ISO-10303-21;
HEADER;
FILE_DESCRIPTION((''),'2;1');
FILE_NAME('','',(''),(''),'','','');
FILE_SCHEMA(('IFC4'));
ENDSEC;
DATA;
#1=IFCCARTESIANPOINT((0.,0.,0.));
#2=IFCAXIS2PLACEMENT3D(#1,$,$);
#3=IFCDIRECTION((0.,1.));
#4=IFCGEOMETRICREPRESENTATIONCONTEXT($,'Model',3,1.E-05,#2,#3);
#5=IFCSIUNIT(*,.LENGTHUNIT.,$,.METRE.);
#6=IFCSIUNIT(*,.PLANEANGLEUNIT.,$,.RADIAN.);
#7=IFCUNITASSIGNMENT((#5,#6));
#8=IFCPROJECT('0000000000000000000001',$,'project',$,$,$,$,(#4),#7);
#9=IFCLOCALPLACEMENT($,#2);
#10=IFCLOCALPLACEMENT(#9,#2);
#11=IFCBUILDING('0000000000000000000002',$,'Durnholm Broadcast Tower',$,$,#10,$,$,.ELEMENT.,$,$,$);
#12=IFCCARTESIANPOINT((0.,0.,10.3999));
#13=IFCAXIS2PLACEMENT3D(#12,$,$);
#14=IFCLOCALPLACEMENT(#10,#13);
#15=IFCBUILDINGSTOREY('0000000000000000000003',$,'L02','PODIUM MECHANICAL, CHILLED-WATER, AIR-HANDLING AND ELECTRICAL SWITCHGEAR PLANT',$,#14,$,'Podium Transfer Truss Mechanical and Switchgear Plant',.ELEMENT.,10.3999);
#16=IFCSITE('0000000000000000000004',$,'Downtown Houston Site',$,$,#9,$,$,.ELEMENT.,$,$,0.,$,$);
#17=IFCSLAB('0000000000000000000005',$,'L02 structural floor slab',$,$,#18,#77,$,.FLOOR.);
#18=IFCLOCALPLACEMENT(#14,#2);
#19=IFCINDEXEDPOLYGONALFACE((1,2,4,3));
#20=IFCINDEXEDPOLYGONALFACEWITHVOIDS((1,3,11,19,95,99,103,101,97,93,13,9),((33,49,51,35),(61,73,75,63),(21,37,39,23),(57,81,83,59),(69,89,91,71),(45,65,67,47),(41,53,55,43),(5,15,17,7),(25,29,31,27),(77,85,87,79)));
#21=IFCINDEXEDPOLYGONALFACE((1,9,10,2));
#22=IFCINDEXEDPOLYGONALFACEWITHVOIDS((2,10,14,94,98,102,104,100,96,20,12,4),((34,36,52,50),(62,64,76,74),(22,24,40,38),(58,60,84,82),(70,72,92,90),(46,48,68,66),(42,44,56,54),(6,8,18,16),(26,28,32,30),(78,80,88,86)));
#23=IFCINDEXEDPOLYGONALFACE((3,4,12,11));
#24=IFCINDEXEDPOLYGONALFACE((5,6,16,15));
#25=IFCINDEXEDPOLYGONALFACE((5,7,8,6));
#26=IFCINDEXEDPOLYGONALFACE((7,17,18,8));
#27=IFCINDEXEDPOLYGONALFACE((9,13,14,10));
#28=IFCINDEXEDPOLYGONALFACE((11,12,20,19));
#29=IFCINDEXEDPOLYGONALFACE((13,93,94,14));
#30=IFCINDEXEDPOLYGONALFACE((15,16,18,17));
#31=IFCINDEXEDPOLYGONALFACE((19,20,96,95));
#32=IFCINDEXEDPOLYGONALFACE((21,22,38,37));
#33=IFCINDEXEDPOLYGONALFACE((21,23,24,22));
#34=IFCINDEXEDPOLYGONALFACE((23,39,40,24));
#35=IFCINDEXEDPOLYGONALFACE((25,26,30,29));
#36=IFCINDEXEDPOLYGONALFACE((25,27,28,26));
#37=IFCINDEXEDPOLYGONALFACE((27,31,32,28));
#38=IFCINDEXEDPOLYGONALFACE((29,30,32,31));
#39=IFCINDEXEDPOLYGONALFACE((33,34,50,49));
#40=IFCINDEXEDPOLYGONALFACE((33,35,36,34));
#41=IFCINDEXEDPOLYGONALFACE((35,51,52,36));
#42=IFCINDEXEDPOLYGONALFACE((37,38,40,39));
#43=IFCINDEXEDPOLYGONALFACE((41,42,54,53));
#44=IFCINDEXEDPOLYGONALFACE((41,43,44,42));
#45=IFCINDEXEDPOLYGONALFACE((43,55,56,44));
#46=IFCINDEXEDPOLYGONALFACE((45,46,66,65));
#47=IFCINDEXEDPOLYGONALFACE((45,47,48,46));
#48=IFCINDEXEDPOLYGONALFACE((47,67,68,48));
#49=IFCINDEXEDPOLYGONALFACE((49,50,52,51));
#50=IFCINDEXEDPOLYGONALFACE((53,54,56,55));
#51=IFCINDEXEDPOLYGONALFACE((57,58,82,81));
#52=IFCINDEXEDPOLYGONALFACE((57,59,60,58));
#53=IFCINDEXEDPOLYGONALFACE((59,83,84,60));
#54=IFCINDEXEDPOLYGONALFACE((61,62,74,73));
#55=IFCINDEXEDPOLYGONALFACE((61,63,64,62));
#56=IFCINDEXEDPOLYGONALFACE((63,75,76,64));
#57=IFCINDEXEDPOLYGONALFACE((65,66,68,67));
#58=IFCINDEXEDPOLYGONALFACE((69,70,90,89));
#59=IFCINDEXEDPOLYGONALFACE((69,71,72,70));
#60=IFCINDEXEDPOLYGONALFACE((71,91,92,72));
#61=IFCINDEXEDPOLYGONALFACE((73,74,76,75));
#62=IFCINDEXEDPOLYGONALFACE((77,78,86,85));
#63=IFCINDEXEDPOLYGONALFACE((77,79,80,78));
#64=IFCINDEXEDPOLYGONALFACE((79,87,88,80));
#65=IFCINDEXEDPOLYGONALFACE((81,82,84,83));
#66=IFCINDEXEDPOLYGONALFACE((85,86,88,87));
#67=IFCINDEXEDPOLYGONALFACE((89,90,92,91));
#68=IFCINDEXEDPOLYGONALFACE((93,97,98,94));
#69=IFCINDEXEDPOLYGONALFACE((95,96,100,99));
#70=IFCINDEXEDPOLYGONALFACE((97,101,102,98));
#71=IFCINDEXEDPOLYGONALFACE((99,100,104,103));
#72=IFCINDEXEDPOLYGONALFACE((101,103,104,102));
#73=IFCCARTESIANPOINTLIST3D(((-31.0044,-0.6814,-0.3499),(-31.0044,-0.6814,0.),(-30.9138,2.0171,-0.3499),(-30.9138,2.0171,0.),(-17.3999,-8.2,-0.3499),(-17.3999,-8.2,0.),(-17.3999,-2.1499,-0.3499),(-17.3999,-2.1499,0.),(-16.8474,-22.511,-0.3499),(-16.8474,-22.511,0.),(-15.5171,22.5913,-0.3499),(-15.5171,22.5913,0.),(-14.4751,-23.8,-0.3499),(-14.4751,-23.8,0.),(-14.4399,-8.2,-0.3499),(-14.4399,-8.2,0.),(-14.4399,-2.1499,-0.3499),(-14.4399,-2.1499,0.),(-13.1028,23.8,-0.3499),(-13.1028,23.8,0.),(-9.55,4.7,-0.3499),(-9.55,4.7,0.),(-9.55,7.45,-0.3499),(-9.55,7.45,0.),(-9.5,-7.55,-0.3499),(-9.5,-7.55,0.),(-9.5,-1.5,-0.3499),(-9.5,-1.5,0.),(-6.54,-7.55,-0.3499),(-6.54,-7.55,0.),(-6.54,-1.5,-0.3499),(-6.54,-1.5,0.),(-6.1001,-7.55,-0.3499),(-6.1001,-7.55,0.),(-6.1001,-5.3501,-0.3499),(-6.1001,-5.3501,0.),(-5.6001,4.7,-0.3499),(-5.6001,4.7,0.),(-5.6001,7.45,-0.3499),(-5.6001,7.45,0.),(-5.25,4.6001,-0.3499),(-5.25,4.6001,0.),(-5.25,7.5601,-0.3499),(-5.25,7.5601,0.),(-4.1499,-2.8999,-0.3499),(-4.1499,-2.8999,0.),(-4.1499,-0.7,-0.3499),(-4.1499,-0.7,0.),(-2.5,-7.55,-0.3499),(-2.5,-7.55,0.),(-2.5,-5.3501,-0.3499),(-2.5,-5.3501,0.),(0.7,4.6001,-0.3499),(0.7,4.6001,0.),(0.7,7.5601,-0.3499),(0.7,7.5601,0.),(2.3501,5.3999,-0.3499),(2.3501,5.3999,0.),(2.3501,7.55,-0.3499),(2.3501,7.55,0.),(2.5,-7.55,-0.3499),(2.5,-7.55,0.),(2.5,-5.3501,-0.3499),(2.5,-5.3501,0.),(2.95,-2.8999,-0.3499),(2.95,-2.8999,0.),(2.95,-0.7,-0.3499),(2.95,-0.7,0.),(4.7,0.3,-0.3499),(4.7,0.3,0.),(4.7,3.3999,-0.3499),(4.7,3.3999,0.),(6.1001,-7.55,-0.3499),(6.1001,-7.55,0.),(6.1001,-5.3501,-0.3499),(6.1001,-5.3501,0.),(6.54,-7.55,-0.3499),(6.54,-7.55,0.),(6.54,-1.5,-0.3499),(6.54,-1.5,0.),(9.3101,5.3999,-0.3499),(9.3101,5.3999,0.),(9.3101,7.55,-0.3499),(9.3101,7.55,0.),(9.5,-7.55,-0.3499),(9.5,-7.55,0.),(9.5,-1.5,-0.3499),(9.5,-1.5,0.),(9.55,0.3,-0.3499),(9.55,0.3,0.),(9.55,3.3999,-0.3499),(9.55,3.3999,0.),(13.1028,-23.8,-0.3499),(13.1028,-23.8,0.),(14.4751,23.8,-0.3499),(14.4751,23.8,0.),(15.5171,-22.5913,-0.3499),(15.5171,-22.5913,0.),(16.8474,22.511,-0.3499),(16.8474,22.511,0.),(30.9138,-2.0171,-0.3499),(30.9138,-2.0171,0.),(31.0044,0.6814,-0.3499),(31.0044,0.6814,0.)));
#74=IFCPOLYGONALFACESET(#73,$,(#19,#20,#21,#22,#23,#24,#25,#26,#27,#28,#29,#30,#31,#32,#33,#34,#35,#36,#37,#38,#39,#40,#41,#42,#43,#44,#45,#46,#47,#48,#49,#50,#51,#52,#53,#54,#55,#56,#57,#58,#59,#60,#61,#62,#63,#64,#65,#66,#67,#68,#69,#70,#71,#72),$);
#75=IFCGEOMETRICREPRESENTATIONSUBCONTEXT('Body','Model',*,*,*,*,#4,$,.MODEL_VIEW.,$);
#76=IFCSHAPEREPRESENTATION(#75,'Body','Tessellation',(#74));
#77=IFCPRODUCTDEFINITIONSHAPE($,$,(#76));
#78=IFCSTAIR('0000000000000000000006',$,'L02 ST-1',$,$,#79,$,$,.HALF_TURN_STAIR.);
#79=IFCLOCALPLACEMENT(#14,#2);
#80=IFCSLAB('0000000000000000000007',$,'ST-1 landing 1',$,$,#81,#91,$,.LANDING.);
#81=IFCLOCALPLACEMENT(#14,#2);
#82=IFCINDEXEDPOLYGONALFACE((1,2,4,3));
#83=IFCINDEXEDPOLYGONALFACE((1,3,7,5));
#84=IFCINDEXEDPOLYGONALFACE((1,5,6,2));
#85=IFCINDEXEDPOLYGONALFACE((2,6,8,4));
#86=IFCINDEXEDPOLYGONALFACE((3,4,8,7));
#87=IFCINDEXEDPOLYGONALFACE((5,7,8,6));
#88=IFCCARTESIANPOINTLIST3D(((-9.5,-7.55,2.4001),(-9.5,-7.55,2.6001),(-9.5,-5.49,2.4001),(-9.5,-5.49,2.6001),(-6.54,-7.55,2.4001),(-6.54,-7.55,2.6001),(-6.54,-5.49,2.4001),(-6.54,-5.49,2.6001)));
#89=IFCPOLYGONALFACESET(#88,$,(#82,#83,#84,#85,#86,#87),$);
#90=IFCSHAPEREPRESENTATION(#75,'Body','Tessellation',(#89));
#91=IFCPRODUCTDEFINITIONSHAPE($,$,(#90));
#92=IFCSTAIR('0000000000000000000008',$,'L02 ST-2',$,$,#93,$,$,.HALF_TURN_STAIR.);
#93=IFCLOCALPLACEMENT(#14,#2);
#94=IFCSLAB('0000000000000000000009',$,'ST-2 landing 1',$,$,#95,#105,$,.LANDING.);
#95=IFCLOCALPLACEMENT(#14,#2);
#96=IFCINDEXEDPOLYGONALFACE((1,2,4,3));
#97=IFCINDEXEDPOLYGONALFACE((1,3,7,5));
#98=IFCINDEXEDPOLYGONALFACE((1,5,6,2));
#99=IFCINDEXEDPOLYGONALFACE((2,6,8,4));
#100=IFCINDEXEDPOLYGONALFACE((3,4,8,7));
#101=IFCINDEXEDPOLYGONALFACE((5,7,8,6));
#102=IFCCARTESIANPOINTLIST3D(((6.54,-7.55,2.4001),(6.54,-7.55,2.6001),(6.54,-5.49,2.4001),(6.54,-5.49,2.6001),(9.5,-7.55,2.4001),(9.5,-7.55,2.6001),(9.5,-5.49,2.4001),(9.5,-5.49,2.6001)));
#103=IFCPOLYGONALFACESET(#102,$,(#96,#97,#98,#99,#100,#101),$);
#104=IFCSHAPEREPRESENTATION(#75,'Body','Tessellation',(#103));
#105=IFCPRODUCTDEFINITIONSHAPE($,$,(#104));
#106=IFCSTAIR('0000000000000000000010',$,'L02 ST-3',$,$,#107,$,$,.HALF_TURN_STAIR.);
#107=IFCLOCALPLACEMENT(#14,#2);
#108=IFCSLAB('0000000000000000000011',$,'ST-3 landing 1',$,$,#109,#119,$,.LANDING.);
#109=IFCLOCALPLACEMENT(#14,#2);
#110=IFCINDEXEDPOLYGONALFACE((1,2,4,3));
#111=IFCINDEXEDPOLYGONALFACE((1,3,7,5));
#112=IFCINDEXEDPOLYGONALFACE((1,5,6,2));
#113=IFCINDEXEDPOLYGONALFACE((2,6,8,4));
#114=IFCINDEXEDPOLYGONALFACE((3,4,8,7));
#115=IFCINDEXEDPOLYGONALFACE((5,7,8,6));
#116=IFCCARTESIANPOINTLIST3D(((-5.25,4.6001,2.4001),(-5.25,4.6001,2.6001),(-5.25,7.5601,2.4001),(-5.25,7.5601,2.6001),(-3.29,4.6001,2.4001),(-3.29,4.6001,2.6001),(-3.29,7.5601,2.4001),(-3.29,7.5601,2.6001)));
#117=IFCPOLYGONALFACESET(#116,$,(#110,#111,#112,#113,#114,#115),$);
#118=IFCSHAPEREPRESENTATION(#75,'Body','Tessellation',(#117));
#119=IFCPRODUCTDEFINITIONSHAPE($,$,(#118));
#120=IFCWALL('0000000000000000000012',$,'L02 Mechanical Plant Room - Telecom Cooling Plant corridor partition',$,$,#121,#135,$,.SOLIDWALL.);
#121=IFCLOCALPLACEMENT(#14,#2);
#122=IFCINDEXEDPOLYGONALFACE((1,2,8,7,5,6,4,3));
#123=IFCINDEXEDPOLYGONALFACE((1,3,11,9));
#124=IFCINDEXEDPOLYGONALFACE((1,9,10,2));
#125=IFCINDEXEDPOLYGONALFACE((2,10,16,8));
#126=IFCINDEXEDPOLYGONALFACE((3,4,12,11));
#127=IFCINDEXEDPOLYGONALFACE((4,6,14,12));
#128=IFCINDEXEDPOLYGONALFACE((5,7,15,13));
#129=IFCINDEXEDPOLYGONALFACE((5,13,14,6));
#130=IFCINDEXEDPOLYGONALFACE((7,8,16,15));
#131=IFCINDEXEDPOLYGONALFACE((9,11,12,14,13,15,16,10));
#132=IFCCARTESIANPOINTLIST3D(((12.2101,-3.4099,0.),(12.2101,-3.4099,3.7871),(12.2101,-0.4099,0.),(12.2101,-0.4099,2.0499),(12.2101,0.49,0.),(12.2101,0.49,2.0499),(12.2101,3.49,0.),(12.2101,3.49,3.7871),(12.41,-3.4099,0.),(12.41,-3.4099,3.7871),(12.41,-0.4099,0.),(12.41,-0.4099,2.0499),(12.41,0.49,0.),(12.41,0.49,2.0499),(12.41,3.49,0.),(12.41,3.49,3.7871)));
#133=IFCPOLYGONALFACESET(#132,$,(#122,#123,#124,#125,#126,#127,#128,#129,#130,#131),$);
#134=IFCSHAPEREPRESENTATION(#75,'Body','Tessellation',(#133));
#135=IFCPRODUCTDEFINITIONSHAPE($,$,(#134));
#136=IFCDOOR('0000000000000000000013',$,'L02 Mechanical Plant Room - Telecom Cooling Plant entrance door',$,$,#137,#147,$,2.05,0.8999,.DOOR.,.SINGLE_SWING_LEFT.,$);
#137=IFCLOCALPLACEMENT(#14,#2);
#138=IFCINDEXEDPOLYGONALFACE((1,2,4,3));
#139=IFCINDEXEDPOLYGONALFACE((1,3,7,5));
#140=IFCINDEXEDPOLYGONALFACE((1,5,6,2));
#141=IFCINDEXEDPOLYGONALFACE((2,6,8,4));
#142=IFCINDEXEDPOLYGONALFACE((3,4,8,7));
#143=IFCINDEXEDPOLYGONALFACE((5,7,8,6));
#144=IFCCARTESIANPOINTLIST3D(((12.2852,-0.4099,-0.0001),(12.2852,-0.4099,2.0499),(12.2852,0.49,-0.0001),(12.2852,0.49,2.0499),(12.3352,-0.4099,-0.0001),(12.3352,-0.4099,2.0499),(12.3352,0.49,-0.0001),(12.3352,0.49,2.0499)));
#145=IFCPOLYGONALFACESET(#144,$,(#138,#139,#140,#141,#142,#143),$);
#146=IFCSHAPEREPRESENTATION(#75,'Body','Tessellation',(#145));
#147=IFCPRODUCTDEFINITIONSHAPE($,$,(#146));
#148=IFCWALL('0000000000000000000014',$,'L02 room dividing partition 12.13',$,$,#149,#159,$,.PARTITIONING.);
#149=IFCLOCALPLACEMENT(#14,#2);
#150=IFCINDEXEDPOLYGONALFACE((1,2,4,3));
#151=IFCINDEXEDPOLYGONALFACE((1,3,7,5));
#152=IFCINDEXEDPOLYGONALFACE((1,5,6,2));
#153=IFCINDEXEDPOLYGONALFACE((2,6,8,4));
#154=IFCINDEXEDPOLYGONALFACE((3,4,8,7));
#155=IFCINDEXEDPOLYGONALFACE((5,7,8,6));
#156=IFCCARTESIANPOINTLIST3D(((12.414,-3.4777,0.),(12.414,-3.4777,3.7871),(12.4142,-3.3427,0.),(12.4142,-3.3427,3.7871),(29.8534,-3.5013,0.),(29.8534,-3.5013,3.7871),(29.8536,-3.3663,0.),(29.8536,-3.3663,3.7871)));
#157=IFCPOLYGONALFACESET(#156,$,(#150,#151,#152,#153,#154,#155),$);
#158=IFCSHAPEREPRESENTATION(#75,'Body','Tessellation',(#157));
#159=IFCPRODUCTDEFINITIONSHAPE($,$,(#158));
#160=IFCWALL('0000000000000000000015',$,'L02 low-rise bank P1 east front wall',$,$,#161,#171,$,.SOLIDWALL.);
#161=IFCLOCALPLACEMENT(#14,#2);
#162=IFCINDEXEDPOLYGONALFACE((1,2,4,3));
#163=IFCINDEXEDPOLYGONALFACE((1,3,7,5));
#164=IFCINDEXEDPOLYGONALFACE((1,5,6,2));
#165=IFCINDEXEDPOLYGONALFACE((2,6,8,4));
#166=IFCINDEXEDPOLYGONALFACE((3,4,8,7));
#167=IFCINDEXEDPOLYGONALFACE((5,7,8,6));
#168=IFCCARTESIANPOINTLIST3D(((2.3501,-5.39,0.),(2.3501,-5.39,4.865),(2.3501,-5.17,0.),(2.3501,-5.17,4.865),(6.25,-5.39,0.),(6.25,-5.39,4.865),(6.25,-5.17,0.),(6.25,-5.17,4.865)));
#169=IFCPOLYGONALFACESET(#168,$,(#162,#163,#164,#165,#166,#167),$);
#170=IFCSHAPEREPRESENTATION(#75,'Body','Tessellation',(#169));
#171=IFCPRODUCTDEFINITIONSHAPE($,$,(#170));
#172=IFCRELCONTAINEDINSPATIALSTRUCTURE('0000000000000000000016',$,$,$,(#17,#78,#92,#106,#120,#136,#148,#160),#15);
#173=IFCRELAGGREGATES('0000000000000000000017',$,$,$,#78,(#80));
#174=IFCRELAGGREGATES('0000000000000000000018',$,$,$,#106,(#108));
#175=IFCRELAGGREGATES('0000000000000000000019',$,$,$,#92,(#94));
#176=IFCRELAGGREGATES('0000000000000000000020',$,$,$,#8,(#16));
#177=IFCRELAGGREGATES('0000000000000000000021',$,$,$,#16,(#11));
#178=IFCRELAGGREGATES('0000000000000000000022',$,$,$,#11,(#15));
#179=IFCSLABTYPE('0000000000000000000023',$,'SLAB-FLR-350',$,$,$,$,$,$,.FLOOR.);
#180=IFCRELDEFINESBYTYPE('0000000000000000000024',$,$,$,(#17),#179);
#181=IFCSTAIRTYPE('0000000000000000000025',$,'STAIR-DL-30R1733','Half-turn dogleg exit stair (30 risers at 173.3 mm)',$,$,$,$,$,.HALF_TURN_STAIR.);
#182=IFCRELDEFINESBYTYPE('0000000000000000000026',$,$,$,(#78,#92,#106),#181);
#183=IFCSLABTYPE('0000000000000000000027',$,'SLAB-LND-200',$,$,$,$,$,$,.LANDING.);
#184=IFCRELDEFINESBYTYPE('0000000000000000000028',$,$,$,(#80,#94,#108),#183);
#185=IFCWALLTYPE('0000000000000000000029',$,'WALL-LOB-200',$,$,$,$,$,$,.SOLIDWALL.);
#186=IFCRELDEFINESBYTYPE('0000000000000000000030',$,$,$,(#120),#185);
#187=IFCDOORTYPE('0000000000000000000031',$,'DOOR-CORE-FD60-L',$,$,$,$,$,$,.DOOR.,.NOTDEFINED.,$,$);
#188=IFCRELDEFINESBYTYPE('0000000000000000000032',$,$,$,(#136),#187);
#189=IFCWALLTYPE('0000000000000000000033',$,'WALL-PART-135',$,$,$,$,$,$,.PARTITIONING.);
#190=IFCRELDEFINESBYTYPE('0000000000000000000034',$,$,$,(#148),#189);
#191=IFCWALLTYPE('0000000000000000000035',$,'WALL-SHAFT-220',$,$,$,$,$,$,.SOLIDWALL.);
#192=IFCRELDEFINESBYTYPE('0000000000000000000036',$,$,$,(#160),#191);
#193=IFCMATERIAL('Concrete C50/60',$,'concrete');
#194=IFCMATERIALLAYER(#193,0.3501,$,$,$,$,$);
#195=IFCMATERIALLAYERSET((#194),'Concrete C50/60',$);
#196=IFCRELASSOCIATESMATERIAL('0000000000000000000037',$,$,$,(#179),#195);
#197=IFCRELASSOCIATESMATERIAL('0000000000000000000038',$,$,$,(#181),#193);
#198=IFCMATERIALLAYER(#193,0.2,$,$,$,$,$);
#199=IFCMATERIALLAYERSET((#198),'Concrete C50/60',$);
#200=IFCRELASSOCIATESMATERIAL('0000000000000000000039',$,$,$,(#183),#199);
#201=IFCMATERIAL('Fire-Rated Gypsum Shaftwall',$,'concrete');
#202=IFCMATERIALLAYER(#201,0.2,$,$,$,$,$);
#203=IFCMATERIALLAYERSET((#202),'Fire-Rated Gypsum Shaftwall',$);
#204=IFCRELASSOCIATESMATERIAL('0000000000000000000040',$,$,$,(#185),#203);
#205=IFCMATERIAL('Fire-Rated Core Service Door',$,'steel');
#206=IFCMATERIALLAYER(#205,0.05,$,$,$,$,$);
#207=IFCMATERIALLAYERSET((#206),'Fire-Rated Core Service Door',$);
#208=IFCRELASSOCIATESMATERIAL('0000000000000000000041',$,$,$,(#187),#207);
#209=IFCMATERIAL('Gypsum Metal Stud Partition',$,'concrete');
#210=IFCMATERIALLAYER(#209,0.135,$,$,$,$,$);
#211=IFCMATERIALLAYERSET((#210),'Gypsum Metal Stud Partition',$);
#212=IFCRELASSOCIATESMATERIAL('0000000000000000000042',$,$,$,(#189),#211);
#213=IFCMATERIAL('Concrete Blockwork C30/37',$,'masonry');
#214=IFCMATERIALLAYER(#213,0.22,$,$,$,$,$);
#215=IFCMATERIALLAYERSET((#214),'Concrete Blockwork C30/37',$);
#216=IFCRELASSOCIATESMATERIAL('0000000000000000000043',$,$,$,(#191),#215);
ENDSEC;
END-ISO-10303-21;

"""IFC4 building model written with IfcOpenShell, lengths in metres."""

from ifc_helpers import new_model, si_unit, direction, frame, frame_2d, origin, place, context, subcontext, project, spatial, polyline, rectangle, outline, extrude, source, transform, mapped, material, layer, layer_set, type_object, type_shapes, element, fill, aggregate, save


model = new_model("IFC4")

# Units and contexts
model_context = context("Model", 3, precision=1e-05, world=origin(), true_north=direction((0.0, 1.0)))
body_context = subcontext(model_context, "Body", "Model", "MODEL_VIEW")
ifc_project = project(units=[si_unit("LENGTHUNIT", "METRE"), si_unit("PLANEANGLEUNIT", "RADIAN")], contexts=[model_context])

# Site, building, storey
site_placement = place(None, origin())
site = spatial("IfcSite", under=ifc_project, at=site_placement, Name="Downtown Houston Site", CompositionType="ELEMENT", RefElevation=0.0)
building_placement = place(site_placement, origin())
building = spatial("IfcBuilding", under=site, at=building_placement, Name="Durnholm Broadcast Tower", CompositionType="ELEMENT")
storey_placement = place(building_placement, frame((0.0, 0.0, 10.3999)))
storey = spatial("IfcBuildingStorey", under=building, at=storey_placement, Name="L02", Description="PODIUM MECHANICAL, CHILLED-WATER, AIR-HANDLING AND ELECTRICAL SWITCHGEAR PLANT", LongName="Podium Transfer Truss Mechanical and Switchgear Plant", CompositionType="ELEMENT", Elevation=10.3999)

# Slab
ifc_material_1 = material(Name="Concrete C50/60", Category="concrete")
ifc_layer_1 = layer(ifc_material_1, 0.3501)
ifc_layer_set_1 = layer_set([ifc_layer_1], Name="Concrete C50/60")
slab_type_1 = type_object("IfcSlabType", Name="SLAB-FLR-350", PredefinedType="FLOOR", material=ifc_layer_set_1)
slab_1_placement = place(storey_placement, frame((0.0, 0.0, -0.3499)))
element("IfcSlab", 1, at=slab_1_placement, inside=storey, type_object=slab_type_1, Name="L02 structural floor slab", PredefinedType="FLOOR", context=body_context, shape_type="SweptSolid", body=[
    extrude(outline(polyline([(-16.8474, -22.511), (-14.4751, -23.8), (13.1028, -23.8), (15.5171, -22.5913), (30.9138, -2.0171), (31.0044, 0.6814), (16.8474, 22.511), (14.4751, 23.8), (-13.1028, 23.8), (-15.5171, 22.5913), (-30.9138, 2.0171), (-31.0044, -0.6814), (-16.8474, -22.511)]), holes=[polyline([(-2.5, -5.3501), (-6.1001, -5.3501), (-6.1001, -7.55), (-2.5, -7.55), (-2.5, -5.3501)]), polyline([(6.1001, -5.3501), (2.5, -5.3501), (2.5, -7.55), (6.1001, -7.55), (6.1001, -5.3501)]), polyline([(-14.4399, -8.2), (-14.4399, -2.1499), (-17.3999, -2.1499), (-17.3999, -8.2), (-14.4399, -8.2)]), polyline([(-9.5, -7.55), (-6.54, -7.55), (-6.54, -1.5), (-9.5, -1.5), (-9.5, -7.55)]), polyline([(6.54, -7.55), (9.5, -7.55), (9.5, -1.5), (6.54, -1.5), (6.54, -7.55)]), polyline([(2.95, -0.7), (-4.1499, -0.7), (-4.1499, -2.8999), (2.95, -2.8999), (2.95, -0.7)]), polyline([(9.55, 3.3999), (4.7, 3.3999), (4.7, 0.3), (9.55, 0.3), (9.55, 3.3999)]), polyline([(-5.6001, 7.45), (-9.55, 7.45), (-9.55, 4.7), (-5.6001, 4.7), (-5.6001, 7.45)]), polyline([(-5.25, 7.5601), (-5.25, 4.6001), (0.7, 4.6001), (0.7, 7.5601), (-5.25, 7.5601)]), polyline([(9.3101, 5.3999), (9.3101, 7.55), (2.3501, 7.55), (2.3501, 5.3999), (9.3101, 5.3999)])]), origin(), (0.0, 0.0, 1.0), 0.3499),
])

# Stairs, slabs
stair_type = type_object("IfcStairType", Name="STAIR-DL-30R1733", Description="Half-turn dogleg exit stair (30 risers at 173.3 mm)", PredefinedType="HALF_TURN_STAIR", material=ifc_material_1)
stair_1_placement = place(storey_placement, origin())
stair_1 = element("IfcStair", 2, at=stair_1_placement, inside=storey, type_object=stair_type, Name="L02 ST-1", PredefinedType="HALF_TURN_STAIR")
ifc_layer_2 = layer(ifc_material_1, 0.2)
ifc_layer_set_2 = layer_set([ifc_layer_2], Name="Concrete C50/60")
slab_type_2 = type_object("IfcSlabType", Name="SLAB-LND-200", PredefinedType="LANDING", material=ifc_layer_set_2)
slab_2_placement = place(storey_placement, frame((0.0, 0.0, 2.4001)))
slab_2 = element("IfcSlab", 3, at=slab_2_placement, type_object=slab_type_2, Name="ST-1 landing 1", PredefinedType="LANDING", context=body_context, shape_type="SweptSolid", body=[
    extrude(outline(polyline([(-9.5, -5.49), (-9.5, -7.55), (-6.54, -7.55), (-6.54, -5.49), (-9.5, -5.49)])), origin(), (0.0, 0.0, 1.0), 0.2),
])
aggregate(stair_1, [slab_2])
stair_2_placement = place(storey_placement, origin())
stair_2 = element("IfcStair", 4, at=stair_2_placement, inside=storey, type_object=stair_type, Name="L02 ST-2", PredefinedType="HALF_TURN_STAIR")
slab_3_placement = place(storey_placement, frame((0.0, 0.0, 2.4001)))
slab_3 = element("IfcSlab", 5, at=slab_3_placement, type_object=slab_type_2, Name="ST-2 landing 1", PredefinedType="LANDING", context=body_context, shape_type="SweptSolid", body=[
    extrude(outline(polyline([(6.54, -5.49), (6.54, -7.55), (9.5, -7.55), (9.5, -5.49), (6.54, -5.49)])), origin(), (0.0, 0.0, 1.0), 0.2),
])
stair_3_placement = place(storey_placement, origin())
stair_3 = element("IfcStair", 6, at=stair_3_placement, inside=storey, type_object=stair_type, Name="L02 ST-3", PredefinedType="HALF_TURN_STAIR")
slab_4_placement = place(storey_placement, frame((0.0, 0.0, 2.4001)))
slab_4 = element("IfcSlab", 7, at=slab_4_placement, type_object=slab_type_2, Name="ST-3 landing 1", PredefinedType="LANDING", context=body_context, shape_type="SweptSolid", body=[
    extrude(outline(polyline([(-3.29, 7.5601), (-5.25, 7.5601), (-5.25, 4.6001), (-3.29, 4.6001), (-3.29, 7.5601)])), origin(), (0.0, 0.0, 1.0), 0.2),
])
aggregate(stair_3, [slab_4])

# Wall, opening, door
ifc_material_2 = material(Name="Fire-Rated Gypsum Shaftwall", Category="concrete")
ifc_layer_3 = layer(ifc_material_2, 0.2)
ifc_layer_set_3 = layer_set([ifc_layer_3], Name="Fire-Rated Gypsum Shaftwall")
wall_type_1 = type_object("IfcWallType", Name="WALL-LOB-200", PredefinedType="SOLIDWALL", material=ifc_layer_set_3)
wall_1_placement = place(storey_placement, frame((12.3101, -3.4099, 0.0), z_axis=(0.0, 0.0, 1.0), x_axis=(0.0, 1.0, 0.0)))
wall_1 = element("IfcWall", 8, at=wall_1_placement, inside=storey, type_object=wall_type_1, Name="L02 Mechanical Plant Room - Telecom Cooling Plant corridor partition", PredefinedType="SOLIDWALL", context=body_context, shape_type="SweptSolid", body=[
    extrude(rectangle(XDim=6.8999, YDim=0.2, at=frame_2d((3.45, 0.0))), origin(), (0.0, 0.0, 1.0), 3.7871),
])
opening_placement = place(wall_1_placement, frame((3.0, 0.0, 0.0)))
opening = element("IfcOpeningElement", 9, at=opening_placement, cuts=wall_1, PredefinedType="OPENING", context=body_context, shape_type="SweptSolid", body=[
    extrude(rectangle(XDim=0.8999, YDim=2.05, at=frame_2d((0.45, 1.0249))), frame((0.0, 0.1099, 0.0), z_axis=(0.0, -1.0, 0.0), x_axis=(1.0, 0.0, 0.0)), (0.0, 0.0, 1.0), 0.22),
])
ifc_material_3 = material(Name="Fire-Rated Core Service Door", Category="steel")
ifc_layer_4 = layer(ifc_material_3, 0.05)
ifc_layer_set_4 = layer_set([ifc_layer_4], Name="Fire-Rated Core Service Door")
door_type = type_object("IfcDoorType", Name="DOOR-CORE-FD60-L", OperationType="NOTDEFINED", PredefinedType="DOOR", material=ifc_layer_set_4)
shared_shape_1 = source(origin(), body_context, "Body", "SweptSolid", [
    extrude(rectangle(XDim=0.8999, YDim=2.05, at=frame_2d((0.45, 1.0249))), frame((0.0, 0.0249, 0.0), z_axis=(0.0, -1.0, 0.0), x_axis=(1.0, 0.0, 0.0)), (0.0, 0.0, 1.0), 0.05),
])
type_shapes(door_type, [shared_shape_1])
door_placement = place(opening_placement, origin())
door = element("IfcDoor", 10, at=door_placement, inside=storey, type_object=door_type, Name="L02 Mechanical Plant Room - Telecom Cooling Plant entrance door", OperationType="SINGLE_SWING_LEFT", OverallHeight=2.05, OverallWidth=0.8999, PredefinedType="DOOR", context=body_context, shape_type="MappedRepresentation", body=[
    mapped(shared_shape_1, transform((0.0, 0.0, 0.0), x_axis=(1.0, 0.0, 0.0), y_axis=(0.0, 1.0, 0.0), z_axis=(0.0, 0.0, 1.0), scale=1.0)),
])
fill(opening, door)

# Walls
ifc_material_4 = material(Name="Gypsum Metal Stud Partition", Category="concrete")
ifc_layer_5 = layer(ifc_material_4, 0.135)
ifc_layer_set_5 = layer_set([ifc_layer_5], Name="Gypsum Metal Stud Partition")
wall_type_2 = type_object("IfcWallType", Name="WALL-PART-135", PredefinedType="PARTITIONING", material=ifc_layer_set_5)
wall_2_placement = place(storey_placement, frame((12.4141, -3.4102, 0.0), z_axis=(0.0, 0.0, 1.0), x_axis=(0.999999, -0.001358, 0.0)))
element("IfcWall", 11, at=wall_2_placement, inside=storey, type_object=wall_type_2, Name="L02 room dividing partition 12.13", PredefinedType="PARTITIONING", context=body_context, shape_type="SweptSolid", body=[
    extrude(rectangle(XDim=17.4395, YDim=0.135, at=frame_2d((8.7197, 0.0))), origin(), (0.0, 0.0, 1.0), 3.7871),
])
ifc_material_5 = material(Name="Concrete Blockwork C30/37", Category="masonry")
ifc_layer_6 = layer(ifc_material_5, 0.22)
ifc_layer_set_6 = layer_set([ifc_layer_6], Name="Concrete Blockwork C30/37")
wall_type_3 = type_object("IfcWallType", Name="WALL-SHAFT-220", PredefinedType="SOLIDWALL", material=ifc_layer_set_6)
wall_3_placement = place(storey_placement, frame((2.3501, -5.28, 0.0), z_axis=(0.0, 0.0, 1.0), x_axis=(1.0, 0.0, 0.0)))
element("IfcWall", 12, at=wall_3_placement, inside=storey, type_object=wall_type_3, Name="L02 low-rise bank P1 east front wall", PredefinedType="SOLIDWALL", context=body_context, shape_type="SweptSolid", body=[
    extrude(rectangle(XDim=3.8999, YDim=0.22, at=frame_2d((1.95, 0.0))), origin(), (0.0, 0.0, 1.0), 4.865),
])

aggregate(stair_2, [slab_3])

save(model, "model.ifc")
